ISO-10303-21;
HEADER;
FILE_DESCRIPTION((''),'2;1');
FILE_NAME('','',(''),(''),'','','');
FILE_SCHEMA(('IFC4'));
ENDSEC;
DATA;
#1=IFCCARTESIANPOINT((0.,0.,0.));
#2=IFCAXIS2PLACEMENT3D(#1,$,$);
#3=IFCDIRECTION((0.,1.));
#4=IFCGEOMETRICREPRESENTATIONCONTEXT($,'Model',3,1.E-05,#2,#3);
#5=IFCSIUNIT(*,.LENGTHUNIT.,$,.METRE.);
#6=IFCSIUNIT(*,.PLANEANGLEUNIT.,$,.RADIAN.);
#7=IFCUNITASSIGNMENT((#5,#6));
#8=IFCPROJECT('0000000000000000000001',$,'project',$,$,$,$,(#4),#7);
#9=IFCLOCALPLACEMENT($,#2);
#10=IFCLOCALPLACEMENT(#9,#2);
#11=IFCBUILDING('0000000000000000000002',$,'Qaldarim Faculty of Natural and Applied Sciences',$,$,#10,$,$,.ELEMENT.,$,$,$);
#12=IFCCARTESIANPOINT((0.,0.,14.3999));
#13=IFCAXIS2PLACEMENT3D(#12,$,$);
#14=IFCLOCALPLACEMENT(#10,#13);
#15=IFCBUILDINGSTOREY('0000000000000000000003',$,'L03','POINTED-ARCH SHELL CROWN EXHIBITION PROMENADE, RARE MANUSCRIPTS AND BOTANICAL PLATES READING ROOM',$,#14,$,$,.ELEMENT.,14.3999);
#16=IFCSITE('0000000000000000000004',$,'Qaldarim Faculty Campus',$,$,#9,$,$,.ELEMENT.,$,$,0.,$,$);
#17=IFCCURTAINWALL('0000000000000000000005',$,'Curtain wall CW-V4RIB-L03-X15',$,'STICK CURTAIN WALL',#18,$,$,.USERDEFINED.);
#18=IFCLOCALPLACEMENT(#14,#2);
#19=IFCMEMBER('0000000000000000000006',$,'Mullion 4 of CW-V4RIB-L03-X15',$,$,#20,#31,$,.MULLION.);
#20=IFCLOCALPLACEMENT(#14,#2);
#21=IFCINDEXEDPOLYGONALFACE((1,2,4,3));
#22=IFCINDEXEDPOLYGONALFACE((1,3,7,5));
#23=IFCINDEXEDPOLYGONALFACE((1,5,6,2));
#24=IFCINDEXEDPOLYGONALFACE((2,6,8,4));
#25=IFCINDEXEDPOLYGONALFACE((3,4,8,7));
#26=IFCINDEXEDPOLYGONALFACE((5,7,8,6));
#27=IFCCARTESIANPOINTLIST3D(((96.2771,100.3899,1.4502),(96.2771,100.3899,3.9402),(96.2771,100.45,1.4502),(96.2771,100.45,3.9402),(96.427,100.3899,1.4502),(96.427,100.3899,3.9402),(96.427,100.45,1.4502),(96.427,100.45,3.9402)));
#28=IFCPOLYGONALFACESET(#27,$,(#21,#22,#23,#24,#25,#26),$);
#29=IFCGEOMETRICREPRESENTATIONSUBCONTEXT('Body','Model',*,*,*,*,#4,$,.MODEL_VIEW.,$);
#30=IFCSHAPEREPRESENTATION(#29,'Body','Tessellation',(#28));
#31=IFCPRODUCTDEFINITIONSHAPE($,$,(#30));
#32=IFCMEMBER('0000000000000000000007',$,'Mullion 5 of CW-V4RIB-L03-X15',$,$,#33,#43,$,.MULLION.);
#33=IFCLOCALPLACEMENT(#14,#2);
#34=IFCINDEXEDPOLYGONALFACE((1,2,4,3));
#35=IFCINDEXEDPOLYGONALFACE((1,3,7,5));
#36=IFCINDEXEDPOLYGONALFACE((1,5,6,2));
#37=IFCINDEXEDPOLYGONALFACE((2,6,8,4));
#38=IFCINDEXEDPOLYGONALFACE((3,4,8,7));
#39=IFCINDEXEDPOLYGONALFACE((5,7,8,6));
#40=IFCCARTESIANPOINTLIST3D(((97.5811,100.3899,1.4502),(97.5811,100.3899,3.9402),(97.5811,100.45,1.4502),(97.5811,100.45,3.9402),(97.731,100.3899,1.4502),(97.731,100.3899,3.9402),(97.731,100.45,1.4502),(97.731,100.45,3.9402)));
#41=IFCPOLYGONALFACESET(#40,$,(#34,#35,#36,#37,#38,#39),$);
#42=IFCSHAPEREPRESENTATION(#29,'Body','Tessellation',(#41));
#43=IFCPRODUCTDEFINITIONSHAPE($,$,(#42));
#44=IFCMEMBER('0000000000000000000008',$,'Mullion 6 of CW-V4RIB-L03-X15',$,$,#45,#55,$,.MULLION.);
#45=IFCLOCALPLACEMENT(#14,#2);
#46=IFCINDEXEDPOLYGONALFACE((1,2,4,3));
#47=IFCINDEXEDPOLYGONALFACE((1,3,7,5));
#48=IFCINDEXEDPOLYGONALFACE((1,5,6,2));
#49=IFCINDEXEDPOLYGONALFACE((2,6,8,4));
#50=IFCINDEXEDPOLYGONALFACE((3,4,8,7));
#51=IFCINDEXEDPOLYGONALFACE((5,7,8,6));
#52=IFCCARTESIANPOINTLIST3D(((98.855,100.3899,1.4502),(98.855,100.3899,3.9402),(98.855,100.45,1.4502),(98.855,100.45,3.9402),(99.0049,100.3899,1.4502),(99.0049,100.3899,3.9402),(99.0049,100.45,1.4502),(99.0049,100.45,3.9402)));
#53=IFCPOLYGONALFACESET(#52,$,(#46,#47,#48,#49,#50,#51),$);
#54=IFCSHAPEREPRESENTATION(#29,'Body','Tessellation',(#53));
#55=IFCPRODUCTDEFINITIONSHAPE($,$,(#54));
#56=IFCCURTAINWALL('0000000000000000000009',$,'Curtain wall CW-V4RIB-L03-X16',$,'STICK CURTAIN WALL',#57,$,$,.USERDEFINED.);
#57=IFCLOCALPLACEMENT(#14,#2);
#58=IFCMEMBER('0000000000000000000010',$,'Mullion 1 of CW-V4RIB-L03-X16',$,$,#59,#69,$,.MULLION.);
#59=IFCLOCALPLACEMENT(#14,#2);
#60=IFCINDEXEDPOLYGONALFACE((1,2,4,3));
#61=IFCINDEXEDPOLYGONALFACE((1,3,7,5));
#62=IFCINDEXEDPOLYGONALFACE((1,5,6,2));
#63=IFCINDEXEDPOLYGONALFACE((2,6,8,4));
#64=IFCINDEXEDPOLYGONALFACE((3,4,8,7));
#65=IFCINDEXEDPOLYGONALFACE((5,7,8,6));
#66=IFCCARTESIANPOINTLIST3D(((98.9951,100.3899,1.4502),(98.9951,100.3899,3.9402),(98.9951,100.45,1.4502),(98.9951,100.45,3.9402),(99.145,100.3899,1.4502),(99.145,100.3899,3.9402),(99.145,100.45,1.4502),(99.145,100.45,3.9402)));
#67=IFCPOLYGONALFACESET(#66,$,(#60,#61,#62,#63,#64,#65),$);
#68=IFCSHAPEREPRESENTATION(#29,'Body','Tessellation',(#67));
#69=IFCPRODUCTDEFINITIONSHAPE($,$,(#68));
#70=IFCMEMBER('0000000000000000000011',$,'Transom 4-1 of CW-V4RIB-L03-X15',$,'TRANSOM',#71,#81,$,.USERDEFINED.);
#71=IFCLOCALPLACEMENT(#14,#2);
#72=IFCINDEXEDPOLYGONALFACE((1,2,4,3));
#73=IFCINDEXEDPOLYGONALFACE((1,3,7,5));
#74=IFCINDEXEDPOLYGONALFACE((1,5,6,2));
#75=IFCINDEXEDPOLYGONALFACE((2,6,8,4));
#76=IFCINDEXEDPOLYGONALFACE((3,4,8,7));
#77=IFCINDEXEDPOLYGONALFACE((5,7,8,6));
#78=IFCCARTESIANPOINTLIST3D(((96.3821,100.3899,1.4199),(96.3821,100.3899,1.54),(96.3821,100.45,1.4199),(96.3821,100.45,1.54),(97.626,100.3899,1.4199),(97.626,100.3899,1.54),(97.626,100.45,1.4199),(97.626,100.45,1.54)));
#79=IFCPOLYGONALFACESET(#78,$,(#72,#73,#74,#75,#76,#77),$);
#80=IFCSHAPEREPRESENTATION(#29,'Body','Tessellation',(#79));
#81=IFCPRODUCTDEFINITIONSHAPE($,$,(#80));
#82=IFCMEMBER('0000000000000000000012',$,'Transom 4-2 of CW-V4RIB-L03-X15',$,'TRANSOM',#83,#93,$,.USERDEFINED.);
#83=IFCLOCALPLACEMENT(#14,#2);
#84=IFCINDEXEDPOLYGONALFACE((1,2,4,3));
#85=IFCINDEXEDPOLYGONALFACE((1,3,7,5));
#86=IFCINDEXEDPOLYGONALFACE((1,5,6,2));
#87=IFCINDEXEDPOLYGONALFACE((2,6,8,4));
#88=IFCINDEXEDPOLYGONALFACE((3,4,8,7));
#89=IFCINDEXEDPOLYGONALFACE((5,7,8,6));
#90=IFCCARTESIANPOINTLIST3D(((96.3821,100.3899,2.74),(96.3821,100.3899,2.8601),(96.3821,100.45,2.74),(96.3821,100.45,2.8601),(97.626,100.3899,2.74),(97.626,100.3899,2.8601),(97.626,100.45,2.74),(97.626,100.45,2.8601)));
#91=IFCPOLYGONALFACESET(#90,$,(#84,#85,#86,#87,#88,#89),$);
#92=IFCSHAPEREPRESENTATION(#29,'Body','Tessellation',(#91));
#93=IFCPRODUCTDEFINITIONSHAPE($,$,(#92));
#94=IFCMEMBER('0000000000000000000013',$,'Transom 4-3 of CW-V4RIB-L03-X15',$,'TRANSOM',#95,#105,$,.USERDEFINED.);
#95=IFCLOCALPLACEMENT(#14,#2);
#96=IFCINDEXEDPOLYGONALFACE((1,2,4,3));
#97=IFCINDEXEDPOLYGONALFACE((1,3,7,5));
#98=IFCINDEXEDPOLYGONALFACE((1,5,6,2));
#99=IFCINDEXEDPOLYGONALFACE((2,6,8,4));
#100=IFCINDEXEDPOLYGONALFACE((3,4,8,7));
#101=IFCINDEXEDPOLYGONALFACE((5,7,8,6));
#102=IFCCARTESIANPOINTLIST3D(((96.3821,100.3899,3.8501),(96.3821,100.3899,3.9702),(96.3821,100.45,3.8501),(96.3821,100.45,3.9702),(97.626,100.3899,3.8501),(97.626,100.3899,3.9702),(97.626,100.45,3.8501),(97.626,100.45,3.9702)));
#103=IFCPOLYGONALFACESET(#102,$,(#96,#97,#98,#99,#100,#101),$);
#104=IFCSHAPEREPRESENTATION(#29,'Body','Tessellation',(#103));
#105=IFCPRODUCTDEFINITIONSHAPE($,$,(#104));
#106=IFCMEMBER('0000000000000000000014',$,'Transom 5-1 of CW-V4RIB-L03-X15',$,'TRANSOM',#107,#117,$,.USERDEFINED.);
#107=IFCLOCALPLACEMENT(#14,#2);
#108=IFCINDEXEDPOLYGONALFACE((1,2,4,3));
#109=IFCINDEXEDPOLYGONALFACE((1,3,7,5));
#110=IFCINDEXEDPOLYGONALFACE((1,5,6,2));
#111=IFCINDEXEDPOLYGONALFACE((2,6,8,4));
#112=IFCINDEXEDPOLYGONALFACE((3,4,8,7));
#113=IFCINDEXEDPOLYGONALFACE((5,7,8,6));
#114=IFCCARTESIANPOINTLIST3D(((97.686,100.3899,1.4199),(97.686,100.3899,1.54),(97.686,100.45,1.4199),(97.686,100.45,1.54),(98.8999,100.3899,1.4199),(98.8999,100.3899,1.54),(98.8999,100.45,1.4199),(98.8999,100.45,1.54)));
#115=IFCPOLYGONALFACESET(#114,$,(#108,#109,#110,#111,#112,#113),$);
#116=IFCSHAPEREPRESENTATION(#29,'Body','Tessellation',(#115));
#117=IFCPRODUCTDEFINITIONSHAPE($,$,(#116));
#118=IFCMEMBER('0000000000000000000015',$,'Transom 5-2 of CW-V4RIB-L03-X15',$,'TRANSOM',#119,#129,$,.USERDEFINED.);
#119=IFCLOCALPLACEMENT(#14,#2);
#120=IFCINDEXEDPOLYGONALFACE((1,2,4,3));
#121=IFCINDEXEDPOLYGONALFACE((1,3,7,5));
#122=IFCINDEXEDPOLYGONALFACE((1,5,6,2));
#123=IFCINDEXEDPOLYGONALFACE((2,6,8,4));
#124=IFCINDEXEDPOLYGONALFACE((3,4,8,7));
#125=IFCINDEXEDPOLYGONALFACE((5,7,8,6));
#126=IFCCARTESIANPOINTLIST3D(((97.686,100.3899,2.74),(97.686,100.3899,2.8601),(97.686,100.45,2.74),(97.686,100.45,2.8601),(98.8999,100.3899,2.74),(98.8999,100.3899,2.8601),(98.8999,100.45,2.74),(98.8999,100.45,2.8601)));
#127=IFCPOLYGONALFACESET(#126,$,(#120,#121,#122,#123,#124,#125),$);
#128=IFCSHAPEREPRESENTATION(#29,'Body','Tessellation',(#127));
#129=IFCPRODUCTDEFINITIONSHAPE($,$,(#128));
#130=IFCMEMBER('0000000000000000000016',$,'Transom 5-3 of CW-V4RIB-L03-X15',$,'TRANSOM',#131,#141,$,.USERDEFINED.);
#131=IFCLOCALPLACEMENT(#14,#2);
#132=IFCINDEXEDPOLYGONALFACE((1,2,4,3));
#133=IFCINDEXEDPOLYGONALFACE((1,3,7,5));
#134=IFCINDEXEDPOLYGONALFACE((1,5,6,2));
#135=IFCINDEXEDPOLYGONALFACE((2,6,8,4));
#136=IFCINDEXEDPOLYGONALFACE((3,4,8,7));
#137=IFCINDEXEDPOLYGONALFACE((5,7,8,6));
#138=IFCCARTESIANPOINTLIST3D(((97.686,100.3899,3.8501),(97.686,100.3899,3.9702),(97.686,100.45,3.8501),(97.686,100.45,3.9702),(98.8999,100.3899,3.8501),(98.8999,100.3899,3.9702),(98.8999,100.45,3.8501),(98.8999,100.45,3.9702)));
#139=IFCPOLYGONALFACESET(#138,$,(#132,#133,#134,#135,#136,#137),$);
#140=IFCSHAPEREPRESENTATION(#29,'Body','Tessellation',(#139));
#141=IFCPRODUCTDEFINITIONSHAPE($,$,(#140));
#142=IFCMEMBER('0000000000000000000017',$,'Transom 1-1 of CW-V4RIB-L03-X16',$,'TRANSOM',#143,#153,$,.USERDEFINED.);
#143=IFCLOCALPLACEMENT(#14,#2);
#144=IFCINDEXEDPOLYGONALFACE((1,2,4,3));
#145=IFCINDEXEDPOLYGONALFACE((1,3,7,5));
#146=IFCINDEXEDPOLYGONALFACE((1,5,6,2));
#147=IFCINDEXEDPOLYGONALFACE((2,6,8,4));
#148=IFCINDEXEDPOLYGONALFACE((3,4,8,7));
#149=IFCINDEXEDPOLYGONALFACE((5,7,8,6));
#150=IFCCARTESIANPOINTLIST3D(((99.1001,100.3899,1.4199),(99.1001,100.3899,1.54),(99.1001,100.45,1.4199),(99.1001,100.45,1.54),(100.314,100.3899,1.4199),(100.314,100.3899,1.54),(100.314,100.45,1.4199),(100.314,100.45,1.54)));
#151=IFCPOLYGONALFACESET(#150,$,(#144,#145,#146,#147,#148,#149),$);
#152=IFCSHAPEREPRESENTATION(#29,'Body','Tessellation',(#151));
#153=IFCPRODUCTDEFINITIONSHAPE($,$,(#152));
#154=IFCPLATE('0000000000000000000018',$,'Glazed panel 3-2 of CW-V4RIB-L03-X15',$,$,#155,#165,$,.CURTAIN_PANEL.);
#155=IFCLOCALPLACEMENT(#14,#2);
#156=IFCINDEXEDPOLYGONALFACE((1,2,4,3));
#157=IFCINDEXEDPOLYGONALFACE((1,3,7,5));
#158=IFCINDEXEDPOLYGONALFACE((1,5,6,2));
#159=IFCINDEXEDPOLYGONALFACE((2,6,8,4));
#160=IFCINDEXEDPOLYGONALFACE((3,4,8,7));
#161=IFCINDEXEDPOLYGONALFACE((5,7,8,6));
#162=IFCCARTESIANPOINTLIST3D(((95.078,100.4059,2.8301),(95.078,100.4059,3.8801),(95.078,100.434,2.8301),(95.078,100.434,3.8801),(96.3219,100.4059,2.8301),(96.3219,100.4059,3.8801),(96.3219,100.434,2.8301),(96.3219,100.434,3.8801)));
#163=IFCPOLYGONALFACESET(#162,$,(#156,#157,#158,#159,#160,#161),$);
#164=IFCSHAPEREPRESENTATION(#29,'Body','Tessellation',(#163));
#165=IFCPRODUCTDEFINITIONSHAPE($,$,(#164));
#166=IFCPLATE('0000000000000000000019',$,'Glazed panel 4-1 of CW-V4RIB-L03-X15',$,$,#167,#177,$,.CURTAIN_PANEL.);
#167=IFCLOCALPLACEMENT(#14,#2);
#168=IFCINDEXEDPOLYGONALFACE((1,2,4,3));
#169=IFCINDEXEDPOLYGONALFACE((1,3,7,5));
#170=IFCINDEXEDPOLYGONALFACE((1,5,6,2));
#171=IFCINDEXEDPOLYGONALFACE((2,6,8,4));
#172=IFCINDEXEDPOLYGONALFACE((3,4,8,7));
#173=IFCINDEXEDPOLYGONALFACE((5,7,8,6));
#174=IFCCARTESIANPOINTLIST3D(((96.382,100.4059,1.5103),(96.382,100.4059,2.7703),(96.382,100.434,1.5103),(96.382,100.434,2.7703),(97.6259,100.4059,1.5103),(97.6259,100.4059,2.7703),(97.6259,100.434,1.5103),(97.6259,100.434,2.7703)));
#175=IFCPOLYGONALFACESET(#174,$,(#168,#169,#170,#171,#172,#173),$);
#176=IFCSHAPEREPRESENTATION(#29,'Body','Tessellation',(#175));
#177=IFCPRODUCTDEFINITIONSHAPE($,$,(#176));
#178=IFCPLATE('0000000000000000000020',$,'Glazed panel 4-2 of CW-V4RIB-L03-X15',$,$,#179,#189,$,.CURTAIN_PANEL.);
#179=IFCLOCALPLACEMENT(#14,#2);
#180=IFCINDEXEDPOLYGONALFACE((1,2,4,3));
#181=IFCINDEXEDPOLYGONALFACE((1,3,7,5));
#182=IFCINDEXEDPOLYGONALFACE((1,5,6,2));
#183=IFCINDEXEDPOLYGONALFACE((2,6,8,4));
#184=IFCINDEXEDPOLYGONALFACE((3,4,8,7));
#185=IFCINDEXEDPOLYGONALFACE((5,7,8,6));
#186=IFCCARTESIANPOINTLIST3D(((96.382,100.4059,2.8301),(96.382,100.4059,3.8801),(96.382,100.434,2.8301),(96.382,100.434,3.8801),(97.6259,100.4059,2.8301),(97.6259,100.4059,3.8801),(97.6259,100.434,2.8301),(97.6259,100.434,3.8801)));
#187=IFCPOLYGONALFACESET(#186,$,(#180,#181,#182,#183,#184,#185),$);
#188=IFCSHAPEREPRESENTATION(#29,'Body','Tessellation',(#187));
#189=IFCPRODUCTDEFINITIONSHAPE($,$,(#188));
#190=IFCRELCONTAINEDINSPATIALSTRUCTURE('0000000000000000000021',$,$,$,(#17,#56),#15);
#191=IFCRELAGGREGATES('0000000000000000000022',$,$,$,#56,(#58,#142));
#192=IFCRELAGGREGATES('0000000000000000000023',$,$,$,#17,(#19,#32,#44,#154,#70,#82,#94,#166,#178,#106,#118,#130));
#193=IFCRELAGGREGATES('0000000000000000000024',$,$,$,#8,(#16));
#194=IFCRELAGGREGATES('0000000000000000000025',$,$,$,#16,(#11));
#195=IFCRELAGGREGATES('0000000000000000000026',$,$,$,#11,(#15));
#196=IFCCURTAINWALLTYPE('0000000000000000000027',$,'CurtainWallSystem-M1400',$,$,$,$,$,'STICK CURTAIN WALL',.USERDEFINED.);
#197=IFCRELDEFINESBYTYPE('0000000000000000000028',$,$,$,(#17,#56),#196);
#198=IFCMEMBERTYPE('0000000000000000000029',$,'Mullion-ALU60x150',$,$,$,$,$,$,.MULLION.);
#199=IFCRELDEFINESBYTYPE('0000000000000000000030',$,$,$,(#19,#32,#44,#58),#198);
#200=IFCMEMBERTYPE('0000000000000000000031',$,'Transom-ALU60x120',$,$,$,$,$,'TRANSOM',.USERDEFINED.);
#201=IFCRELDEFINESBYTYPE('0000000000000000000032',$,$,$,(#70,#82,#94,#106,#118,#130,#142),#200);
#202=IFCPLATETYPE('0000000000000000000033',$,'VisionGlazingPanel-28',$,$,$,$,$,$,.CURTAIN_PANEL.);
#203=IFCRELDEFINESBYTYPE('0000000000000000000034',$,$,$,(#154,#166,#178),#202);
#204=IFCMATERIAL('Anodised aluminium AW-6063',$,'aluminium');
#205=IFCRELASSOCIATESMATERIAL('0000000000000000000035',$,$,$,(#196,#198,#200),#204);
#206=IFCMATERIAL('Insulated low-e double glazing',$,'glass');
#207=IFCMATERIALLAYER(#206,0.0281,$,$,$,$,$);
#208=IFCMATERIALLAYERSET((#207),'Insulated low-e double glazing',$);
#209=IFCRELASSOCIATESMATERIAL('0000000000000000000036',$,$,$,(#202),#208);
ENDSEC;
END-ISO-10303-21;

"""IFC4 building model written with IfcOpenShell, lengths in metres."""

from ifc_helpers import new_model, si_unit, direction, frame, origin, origin_2d, place, context, subcontext, project, spatial, rectangle, extrude, material, layer, layer_set, material_profile, profile_set, type_object, element, aggregate, save


model = new_model("IFC4")

# Units and contexts
model_context = context("Model", 3, precision=1e-05, world=origin(), true_north=direction((0.0, 1.0)))
body_context = subcontext(model_context, "Body", "Model", "MODEL_VIEW")
ifc_project = project(units=[si_unit("LENGTHUNIT", "METRE"), si_unit("PLANEANGLEUNIT", "RADIAN")], contexts=[model_context])

# Site, building, storey
site_placement = place(None, origin())
site = spatial("IfcSite", under=ifc_project, at=site_placement, Name="Qaldarim Faculty Campus", CompositionType="ELEMENT", RefElevation=0.0)
building_placement = place(site_placement, origin())
building = spatial("IfcBuilding", under=site, at=building_placement, Name="Qaldarim Faculty of Natural and Applied Sciences", CompositionType="ELEMENT")
storey_placement = place(building_placement, frame((0.0, 0.0, 14.3999)))
storey = spatial("IfcBuildingStorey", under=building, at=storey_placement, Name="L03", Description="POINTED-ARCH SHELL CROWN EXHIBITION PROMENADE, RARE MANUSCRIPTS AND BOTANICAL PLATES READING ROOM", CompositionType="ELEMENT", Elevation=14.3999)

# Curtain wall, members
ifc_material_1 = material(Name="Anodised aluminium AW-6063", Category="aluminium")
curtain_wall_type = type_object("IfcCurtainWallType", Name="CurtainWallSystem-M1400", ElementType="STICK CURTAIN WALL", PredefinedType="USERDEFINED", material=ifc_material_1)
curtain_wall_1_placement = place(storey_placement, origin())
curtain_wall_1 = element("IfcCurtainWall", 1, at=curtain_wall_1_placement, inside=storey, type_object=curtain_wall_type, Name="Curtain wall CW-V4RIB-L03-X15", ObjectType="STICK CURTAIN WALL", PredefinedType="USERDEFINED")
ifc_material_profile_1 = material_profile(ifc_material_1, rectangle(XDim=0.0601, YDim=0.1499, at=origin_2d()), Name="ALU-M60x150")
ifc_profile_set_1 = profile_set([ifc_material_profile_1], Name="Anodised aluminium AW-6063")
member_type_1 = type_object("IfcMemberType", Name="Mullion-ALU60x150", PredefinedType="MULLION", material=ifc_profile_set_1)
member_1_placement = place(storey_placement, frame((96.3521, 100.4199, 1.4502), z_axis=(0.0, 0.0, 1.0), x_axis=(0.0, 1.0, 0.0)))
member_1 = element("IfcMember", 2, at=member_1_placement, type_object=member_type_1, Name="Mullion 4 of CW-V4RIB-L03-X15", PredefinedType="MULLION", context=body_context, shape_type="SweptSolid", body=[
    extrude(rectangle(XDim=0.0601, YDim=0.1499, at=origin_2d()), origin(), (0.0, 0.0, 1.0), 2.49),
])
member_2_placement = place(storey_placement, frame((97.656, 100.4199, 1.4502), z_axis=(0.0, 0.0, 1.0), x_axis=(0.0, 1.0, 0.0)))
member_2 = element("IfcMember", 3, at=member_2_placement, type_object=member_type_1, Name="Mullion 5 of CW-V4RIB-L03-X15", PredefinedType="MULLION", context=body_context, shape_type="SweptSolid", body=[
    extrude(rectangle(XDim=0.0601, YDim=0.1499, at=origin_2d()), origin(), (0.0, 0.0, 1.0), 2.49),
])
member_3_placement = place(storey_placement, frame((98.9299, 100.4199, 1.4502), z_axis=(0.0, 0.0, 1.0), x_axis=(0.0, 1.0, 0.0)))
member_3 = element("IfcMember", 4, at=member_3_placement, type_object=member_type_1, Name="Mullion 6 of CW-V4RIB-L03-X15", PredefinedType="MULLION", context=body_context, shape_type="SweptSolid", body=[
    extrude(rectangle(XDim=0.0601, YDim=0.1499, at=origin_2d()), origin(), (0.0, 0.0, 1.0), 2.49),
])

# Curtain wall, member
curtain_wall_2_placement = place(storey_placement, origin())
curtain_wall_2 = element("IfcCurtainWall", 5, at=curtain_wall_2_placement, inside=storey, type_object=curtain_wall_type, Name="Curtain wall CW-V4RIB-L03-X16", ObjectType="STICK CURTAIN WALL", PredefinedType="USERDEFINED")
member_4_placement = place(storey_placement, frame((99.0701, 100.4199, 1.4502), z_axis=(0.0, 0.0, 1.0), x_axis=(0.0, 1.0, 0.0)))
member_4 = element("IfcMember", 6, at=member_4_placement, type_object=member_type_1, Name="Mullion 1 of CW-V4RIB-L03-X16", PredefinedType="MULLION", context=body_context, shape_type="SweptSolid", body=[
    extrude(rectangle(XDim=0.0601, YDim=0.1499, at=origin_2d()), origin(), (0.0, 0.0, 1.0), 2.49),
])

# Members
ifc_material_profile_2 = material_profile(ifc_material_1, rectangle(XDim=0.0601, YDim=0.1201, at=origin_2d()), Name="ALU-T60x120")
ifc_profile_set_2 = profile_set([ifc_material_profile_2], Name="Anodised aluminium AW-6063")
member_type_2 = type_object("IfcMemberType", Name="Transom-ALU60x120", ElementType="TRANSOM", PredefinedType="USERDEFINED", material=ifc_profile_set_2)
member_5_placement = place(storey_placement, frame((96.3821, 100.4199, 1.48), z_axis=(1.0, 0.0, 0.0), x_axis=(0.0, 1.0, 0.0)))
member_5 = element("IfcMember", 7, at=member_5_placement, type_object=member_type_2, Name="Transom 4-1 of CW-V4RIB-L03-X15", ObjectType="TRANSOM", PredefinedType="USERDEFINED", context=body_context, shape_type="SweptSolid", body=[
    extrude(rectangle(XDim=0.0601, YDim=0.1201, at=origin_2d()), origin(), (0.0, 0.0, 1.0), 1.2439),
])
member_6_placement = place(storey_placement, frame((96.3821, 100.4199, 2.8), z_axis=(1.0, 0.0, 0.0), x_axis=(0.0, 1.0, 0.0)))
member_6 = element("IfcMember", 8, at=member_6_placement, type_object=member_type_2, Name="Transom 4-2 of CW-V4RIB-L03-X15", ObjectType="TRANSOM", PredefinedType="USERDEFINED", context=body_context, shape_type="SweptSolid", body=[
    extrude(rectangle(XDim=0.0601, YDim=0.1201, at=origin_2d()), origin(), (0.0, 0.0, 1.0), 1.2439),
])
member_7_placement = place(storey_placement, frame((96.3821, 100.4199, 3.9102), z_axis=(1.0, 0.0, 0.0), x_axis=(0.0, 1.0, 0.0)))
member_7 = element("IfcMember", 9, at=member_7_placement, type_object=member_type_2, Name="Transom 4-3 of CW-V4RIB-L03-X15", ObjectType="TRANSOM", PredefinedType="USERDEFINED", context=body_context, shape_type="SweptSolid", body=[
    extrude(rectangle(XDim=0.0601, YDim=0.1201, at=origin_2d()), origin(), (0.0, 0.0, 1.0), 1.2439),
])
member_8_placement = place(storey_placement, frame((97.686, 100.4199, 1.48), z_axis=(1.0, 0.0, 0.0), x_axis=(0.0, 1.0, 0.0)))
member_8 = element("IfcMember", 10, at=member_8_placement, type_object=member_type_2, Name="Transom 5-1 of CW-V4RIB-L03-X15", ObjectType="TRANSOM", PredefinedType="USERDEFINED", context=body_context, shape_type="SweptSolid", body=[
    extrude(rectangle(XDim=0.0601, YDim=0.1201, at=origin_2d()), origin(), (0.0, 0.0, 1.0), 1.2139),
])
member_9_placement = place(storey_placement, frame((97.686, 100.4199, 2.8), z_axis=(1.0, 0.0, 0.0), x_axis=(0.0, 1.0, 0.0)))
member_9 = element("IfcMember", 11, at=member_9_placement, type_object=member_type_2, Name="Transom 5-2 of CW-V4RIB-L03-X15", ObjectType="TRANSOM", PredefinedType="USERDEFINED", context=body_context, shape_type="SweptSolid", body=[
    extrude(rectangle(XDim=0.0601, YDim=0.1201, at=origin_2d()), origin(), (0.0, 0.0, 1.0), 1.2139),
])
member_10_placement = place(storey_placement, frame((97.686, 100.4199, 3.9102), z_axis=(1.0, 0.0, 0.0), x_axis=(0.0, 1.0, 0.0)))
member_10 = element("IfcMember", 12, at=member_10_placement, type_object=member_type_2, Name="Transom 5-3 of CW-V4RIB-L03-X15", ObjectType="TRANSOM", PredefinedType="USERDEFINED", context=body_context, shape_type="SweptSolid", body=[
    extrude(rectangle(XDim=0.0601, YDim=0.1201, at=origin_2d()), origin(), (0.0, 0.0, 1.0), 1.2139),
])
member_11_placement = place(storey_placement, frame((99.1001, 100.4199, 1.48), z_axis=(1.0, 0.0, 0.0), x_axis=(0.0, 1.0, 0.0)))
member_11 = element("IfcMember", 13, at=member_11_placement, type_object=member_type_2, Name="Transom 1-1 of CW-V4RIB-L03-X16", ObjectType="TRANSOM", PredefinedType="USERDEFINED", context=body_context, shape_type="SweptSolid", body=[
    extrude(rectangle(XDim=0.0601, YDim=0.1201, at=origin_2d()), origin(), (0.0, 0.0, 1.0), 1.2139),
])
aggregate(curtain_wall_2, [member_4, member_11])

# Plates
ifc_material_2 = material(Name="Insulated low-e double glazing", Category="glass")
ifc_layer_1 = layer(ifc_material_2, 0.0281)
ifc_layer_set_1 = layer_set([ifc_layer_1], Name="Insulated low-e double glazing")
plate_type = type_object("IfcPlateType", Name="VisionGlazingPanel-28", PredefinedType="CURTAIN_PANEL", material=ifc_layer_set_1)
plate_1_placement = place(storey_placement, frame((95.7, 100.4199, 2.8301), z_axis=(0.0, 0.0, 1.0), x_axis=(1.0, 0.0, 0.0)))
plate_1 = element("IfcPlate", 14, at=plate_1_placement, type_object=plate_type, Name="Glazed panel 3-2 of CW-V4RIB-L03-X15", PredefinedType="CURTAIN_PANEL", context=body_context, shape_type="SweptSolid", body=[
    extrude(rectangle(XDim=1.2439, YDim=0.0281, at=origin_2d()), origin(), (0.0, 0.0, 1.0), 1.05),
])
plate_2_placement = place(storey_placement, frame((97.0039, 100.4199, 1.5103), z_axis=(0.0, 0.0, 1.0), x_axis=(1.0, 0.0, 0.0)))
plate_2 = element("IfcPlate", 15, at=plate_2_placement, type_object=plate_type, Name="Glazed panel 4-1 of CW-V4RIB-L03-X15", PredefinedType="CURTAIN_PANEL", context=body_context, shape_type="SweptSolid", body=[
    extrude(rectangle(XDim=1.2439, YDim=0.0281, at=origin_2d()), origin(), (0.0, 0.0, 1.0), 1.26),
])
plate_3_placement = place(storey_placement, frame((97.0039, 100.4199, 2.8301), z_axis=(0.0, 0.0, 1.0), x_axis=(1.0, 0.0, 0.0)))
plate_3 = element("IfcPlate", 16, at=plate_3_placement, type_object=plate_type, Name="Glazed panel 4-2 of CW-V4RIB-L03-X15", PredefinedType="CURTAIN_PANEL", context=body_context, shape_type="SweptSolid", body=[
    extrude(rectangle(XDim=1.2439, YDim=0.0281, at=origin_2d()), origin(), (0.0, 0.0, 1.0), 1.05),
])
aggregate(curtain_wall_1, [member_1, member_2, member_3, plate_1, member_5, member_6, member_7, plate_2, plate_3, member_8, member_9, member_10])

save(model, "model.ifc")
